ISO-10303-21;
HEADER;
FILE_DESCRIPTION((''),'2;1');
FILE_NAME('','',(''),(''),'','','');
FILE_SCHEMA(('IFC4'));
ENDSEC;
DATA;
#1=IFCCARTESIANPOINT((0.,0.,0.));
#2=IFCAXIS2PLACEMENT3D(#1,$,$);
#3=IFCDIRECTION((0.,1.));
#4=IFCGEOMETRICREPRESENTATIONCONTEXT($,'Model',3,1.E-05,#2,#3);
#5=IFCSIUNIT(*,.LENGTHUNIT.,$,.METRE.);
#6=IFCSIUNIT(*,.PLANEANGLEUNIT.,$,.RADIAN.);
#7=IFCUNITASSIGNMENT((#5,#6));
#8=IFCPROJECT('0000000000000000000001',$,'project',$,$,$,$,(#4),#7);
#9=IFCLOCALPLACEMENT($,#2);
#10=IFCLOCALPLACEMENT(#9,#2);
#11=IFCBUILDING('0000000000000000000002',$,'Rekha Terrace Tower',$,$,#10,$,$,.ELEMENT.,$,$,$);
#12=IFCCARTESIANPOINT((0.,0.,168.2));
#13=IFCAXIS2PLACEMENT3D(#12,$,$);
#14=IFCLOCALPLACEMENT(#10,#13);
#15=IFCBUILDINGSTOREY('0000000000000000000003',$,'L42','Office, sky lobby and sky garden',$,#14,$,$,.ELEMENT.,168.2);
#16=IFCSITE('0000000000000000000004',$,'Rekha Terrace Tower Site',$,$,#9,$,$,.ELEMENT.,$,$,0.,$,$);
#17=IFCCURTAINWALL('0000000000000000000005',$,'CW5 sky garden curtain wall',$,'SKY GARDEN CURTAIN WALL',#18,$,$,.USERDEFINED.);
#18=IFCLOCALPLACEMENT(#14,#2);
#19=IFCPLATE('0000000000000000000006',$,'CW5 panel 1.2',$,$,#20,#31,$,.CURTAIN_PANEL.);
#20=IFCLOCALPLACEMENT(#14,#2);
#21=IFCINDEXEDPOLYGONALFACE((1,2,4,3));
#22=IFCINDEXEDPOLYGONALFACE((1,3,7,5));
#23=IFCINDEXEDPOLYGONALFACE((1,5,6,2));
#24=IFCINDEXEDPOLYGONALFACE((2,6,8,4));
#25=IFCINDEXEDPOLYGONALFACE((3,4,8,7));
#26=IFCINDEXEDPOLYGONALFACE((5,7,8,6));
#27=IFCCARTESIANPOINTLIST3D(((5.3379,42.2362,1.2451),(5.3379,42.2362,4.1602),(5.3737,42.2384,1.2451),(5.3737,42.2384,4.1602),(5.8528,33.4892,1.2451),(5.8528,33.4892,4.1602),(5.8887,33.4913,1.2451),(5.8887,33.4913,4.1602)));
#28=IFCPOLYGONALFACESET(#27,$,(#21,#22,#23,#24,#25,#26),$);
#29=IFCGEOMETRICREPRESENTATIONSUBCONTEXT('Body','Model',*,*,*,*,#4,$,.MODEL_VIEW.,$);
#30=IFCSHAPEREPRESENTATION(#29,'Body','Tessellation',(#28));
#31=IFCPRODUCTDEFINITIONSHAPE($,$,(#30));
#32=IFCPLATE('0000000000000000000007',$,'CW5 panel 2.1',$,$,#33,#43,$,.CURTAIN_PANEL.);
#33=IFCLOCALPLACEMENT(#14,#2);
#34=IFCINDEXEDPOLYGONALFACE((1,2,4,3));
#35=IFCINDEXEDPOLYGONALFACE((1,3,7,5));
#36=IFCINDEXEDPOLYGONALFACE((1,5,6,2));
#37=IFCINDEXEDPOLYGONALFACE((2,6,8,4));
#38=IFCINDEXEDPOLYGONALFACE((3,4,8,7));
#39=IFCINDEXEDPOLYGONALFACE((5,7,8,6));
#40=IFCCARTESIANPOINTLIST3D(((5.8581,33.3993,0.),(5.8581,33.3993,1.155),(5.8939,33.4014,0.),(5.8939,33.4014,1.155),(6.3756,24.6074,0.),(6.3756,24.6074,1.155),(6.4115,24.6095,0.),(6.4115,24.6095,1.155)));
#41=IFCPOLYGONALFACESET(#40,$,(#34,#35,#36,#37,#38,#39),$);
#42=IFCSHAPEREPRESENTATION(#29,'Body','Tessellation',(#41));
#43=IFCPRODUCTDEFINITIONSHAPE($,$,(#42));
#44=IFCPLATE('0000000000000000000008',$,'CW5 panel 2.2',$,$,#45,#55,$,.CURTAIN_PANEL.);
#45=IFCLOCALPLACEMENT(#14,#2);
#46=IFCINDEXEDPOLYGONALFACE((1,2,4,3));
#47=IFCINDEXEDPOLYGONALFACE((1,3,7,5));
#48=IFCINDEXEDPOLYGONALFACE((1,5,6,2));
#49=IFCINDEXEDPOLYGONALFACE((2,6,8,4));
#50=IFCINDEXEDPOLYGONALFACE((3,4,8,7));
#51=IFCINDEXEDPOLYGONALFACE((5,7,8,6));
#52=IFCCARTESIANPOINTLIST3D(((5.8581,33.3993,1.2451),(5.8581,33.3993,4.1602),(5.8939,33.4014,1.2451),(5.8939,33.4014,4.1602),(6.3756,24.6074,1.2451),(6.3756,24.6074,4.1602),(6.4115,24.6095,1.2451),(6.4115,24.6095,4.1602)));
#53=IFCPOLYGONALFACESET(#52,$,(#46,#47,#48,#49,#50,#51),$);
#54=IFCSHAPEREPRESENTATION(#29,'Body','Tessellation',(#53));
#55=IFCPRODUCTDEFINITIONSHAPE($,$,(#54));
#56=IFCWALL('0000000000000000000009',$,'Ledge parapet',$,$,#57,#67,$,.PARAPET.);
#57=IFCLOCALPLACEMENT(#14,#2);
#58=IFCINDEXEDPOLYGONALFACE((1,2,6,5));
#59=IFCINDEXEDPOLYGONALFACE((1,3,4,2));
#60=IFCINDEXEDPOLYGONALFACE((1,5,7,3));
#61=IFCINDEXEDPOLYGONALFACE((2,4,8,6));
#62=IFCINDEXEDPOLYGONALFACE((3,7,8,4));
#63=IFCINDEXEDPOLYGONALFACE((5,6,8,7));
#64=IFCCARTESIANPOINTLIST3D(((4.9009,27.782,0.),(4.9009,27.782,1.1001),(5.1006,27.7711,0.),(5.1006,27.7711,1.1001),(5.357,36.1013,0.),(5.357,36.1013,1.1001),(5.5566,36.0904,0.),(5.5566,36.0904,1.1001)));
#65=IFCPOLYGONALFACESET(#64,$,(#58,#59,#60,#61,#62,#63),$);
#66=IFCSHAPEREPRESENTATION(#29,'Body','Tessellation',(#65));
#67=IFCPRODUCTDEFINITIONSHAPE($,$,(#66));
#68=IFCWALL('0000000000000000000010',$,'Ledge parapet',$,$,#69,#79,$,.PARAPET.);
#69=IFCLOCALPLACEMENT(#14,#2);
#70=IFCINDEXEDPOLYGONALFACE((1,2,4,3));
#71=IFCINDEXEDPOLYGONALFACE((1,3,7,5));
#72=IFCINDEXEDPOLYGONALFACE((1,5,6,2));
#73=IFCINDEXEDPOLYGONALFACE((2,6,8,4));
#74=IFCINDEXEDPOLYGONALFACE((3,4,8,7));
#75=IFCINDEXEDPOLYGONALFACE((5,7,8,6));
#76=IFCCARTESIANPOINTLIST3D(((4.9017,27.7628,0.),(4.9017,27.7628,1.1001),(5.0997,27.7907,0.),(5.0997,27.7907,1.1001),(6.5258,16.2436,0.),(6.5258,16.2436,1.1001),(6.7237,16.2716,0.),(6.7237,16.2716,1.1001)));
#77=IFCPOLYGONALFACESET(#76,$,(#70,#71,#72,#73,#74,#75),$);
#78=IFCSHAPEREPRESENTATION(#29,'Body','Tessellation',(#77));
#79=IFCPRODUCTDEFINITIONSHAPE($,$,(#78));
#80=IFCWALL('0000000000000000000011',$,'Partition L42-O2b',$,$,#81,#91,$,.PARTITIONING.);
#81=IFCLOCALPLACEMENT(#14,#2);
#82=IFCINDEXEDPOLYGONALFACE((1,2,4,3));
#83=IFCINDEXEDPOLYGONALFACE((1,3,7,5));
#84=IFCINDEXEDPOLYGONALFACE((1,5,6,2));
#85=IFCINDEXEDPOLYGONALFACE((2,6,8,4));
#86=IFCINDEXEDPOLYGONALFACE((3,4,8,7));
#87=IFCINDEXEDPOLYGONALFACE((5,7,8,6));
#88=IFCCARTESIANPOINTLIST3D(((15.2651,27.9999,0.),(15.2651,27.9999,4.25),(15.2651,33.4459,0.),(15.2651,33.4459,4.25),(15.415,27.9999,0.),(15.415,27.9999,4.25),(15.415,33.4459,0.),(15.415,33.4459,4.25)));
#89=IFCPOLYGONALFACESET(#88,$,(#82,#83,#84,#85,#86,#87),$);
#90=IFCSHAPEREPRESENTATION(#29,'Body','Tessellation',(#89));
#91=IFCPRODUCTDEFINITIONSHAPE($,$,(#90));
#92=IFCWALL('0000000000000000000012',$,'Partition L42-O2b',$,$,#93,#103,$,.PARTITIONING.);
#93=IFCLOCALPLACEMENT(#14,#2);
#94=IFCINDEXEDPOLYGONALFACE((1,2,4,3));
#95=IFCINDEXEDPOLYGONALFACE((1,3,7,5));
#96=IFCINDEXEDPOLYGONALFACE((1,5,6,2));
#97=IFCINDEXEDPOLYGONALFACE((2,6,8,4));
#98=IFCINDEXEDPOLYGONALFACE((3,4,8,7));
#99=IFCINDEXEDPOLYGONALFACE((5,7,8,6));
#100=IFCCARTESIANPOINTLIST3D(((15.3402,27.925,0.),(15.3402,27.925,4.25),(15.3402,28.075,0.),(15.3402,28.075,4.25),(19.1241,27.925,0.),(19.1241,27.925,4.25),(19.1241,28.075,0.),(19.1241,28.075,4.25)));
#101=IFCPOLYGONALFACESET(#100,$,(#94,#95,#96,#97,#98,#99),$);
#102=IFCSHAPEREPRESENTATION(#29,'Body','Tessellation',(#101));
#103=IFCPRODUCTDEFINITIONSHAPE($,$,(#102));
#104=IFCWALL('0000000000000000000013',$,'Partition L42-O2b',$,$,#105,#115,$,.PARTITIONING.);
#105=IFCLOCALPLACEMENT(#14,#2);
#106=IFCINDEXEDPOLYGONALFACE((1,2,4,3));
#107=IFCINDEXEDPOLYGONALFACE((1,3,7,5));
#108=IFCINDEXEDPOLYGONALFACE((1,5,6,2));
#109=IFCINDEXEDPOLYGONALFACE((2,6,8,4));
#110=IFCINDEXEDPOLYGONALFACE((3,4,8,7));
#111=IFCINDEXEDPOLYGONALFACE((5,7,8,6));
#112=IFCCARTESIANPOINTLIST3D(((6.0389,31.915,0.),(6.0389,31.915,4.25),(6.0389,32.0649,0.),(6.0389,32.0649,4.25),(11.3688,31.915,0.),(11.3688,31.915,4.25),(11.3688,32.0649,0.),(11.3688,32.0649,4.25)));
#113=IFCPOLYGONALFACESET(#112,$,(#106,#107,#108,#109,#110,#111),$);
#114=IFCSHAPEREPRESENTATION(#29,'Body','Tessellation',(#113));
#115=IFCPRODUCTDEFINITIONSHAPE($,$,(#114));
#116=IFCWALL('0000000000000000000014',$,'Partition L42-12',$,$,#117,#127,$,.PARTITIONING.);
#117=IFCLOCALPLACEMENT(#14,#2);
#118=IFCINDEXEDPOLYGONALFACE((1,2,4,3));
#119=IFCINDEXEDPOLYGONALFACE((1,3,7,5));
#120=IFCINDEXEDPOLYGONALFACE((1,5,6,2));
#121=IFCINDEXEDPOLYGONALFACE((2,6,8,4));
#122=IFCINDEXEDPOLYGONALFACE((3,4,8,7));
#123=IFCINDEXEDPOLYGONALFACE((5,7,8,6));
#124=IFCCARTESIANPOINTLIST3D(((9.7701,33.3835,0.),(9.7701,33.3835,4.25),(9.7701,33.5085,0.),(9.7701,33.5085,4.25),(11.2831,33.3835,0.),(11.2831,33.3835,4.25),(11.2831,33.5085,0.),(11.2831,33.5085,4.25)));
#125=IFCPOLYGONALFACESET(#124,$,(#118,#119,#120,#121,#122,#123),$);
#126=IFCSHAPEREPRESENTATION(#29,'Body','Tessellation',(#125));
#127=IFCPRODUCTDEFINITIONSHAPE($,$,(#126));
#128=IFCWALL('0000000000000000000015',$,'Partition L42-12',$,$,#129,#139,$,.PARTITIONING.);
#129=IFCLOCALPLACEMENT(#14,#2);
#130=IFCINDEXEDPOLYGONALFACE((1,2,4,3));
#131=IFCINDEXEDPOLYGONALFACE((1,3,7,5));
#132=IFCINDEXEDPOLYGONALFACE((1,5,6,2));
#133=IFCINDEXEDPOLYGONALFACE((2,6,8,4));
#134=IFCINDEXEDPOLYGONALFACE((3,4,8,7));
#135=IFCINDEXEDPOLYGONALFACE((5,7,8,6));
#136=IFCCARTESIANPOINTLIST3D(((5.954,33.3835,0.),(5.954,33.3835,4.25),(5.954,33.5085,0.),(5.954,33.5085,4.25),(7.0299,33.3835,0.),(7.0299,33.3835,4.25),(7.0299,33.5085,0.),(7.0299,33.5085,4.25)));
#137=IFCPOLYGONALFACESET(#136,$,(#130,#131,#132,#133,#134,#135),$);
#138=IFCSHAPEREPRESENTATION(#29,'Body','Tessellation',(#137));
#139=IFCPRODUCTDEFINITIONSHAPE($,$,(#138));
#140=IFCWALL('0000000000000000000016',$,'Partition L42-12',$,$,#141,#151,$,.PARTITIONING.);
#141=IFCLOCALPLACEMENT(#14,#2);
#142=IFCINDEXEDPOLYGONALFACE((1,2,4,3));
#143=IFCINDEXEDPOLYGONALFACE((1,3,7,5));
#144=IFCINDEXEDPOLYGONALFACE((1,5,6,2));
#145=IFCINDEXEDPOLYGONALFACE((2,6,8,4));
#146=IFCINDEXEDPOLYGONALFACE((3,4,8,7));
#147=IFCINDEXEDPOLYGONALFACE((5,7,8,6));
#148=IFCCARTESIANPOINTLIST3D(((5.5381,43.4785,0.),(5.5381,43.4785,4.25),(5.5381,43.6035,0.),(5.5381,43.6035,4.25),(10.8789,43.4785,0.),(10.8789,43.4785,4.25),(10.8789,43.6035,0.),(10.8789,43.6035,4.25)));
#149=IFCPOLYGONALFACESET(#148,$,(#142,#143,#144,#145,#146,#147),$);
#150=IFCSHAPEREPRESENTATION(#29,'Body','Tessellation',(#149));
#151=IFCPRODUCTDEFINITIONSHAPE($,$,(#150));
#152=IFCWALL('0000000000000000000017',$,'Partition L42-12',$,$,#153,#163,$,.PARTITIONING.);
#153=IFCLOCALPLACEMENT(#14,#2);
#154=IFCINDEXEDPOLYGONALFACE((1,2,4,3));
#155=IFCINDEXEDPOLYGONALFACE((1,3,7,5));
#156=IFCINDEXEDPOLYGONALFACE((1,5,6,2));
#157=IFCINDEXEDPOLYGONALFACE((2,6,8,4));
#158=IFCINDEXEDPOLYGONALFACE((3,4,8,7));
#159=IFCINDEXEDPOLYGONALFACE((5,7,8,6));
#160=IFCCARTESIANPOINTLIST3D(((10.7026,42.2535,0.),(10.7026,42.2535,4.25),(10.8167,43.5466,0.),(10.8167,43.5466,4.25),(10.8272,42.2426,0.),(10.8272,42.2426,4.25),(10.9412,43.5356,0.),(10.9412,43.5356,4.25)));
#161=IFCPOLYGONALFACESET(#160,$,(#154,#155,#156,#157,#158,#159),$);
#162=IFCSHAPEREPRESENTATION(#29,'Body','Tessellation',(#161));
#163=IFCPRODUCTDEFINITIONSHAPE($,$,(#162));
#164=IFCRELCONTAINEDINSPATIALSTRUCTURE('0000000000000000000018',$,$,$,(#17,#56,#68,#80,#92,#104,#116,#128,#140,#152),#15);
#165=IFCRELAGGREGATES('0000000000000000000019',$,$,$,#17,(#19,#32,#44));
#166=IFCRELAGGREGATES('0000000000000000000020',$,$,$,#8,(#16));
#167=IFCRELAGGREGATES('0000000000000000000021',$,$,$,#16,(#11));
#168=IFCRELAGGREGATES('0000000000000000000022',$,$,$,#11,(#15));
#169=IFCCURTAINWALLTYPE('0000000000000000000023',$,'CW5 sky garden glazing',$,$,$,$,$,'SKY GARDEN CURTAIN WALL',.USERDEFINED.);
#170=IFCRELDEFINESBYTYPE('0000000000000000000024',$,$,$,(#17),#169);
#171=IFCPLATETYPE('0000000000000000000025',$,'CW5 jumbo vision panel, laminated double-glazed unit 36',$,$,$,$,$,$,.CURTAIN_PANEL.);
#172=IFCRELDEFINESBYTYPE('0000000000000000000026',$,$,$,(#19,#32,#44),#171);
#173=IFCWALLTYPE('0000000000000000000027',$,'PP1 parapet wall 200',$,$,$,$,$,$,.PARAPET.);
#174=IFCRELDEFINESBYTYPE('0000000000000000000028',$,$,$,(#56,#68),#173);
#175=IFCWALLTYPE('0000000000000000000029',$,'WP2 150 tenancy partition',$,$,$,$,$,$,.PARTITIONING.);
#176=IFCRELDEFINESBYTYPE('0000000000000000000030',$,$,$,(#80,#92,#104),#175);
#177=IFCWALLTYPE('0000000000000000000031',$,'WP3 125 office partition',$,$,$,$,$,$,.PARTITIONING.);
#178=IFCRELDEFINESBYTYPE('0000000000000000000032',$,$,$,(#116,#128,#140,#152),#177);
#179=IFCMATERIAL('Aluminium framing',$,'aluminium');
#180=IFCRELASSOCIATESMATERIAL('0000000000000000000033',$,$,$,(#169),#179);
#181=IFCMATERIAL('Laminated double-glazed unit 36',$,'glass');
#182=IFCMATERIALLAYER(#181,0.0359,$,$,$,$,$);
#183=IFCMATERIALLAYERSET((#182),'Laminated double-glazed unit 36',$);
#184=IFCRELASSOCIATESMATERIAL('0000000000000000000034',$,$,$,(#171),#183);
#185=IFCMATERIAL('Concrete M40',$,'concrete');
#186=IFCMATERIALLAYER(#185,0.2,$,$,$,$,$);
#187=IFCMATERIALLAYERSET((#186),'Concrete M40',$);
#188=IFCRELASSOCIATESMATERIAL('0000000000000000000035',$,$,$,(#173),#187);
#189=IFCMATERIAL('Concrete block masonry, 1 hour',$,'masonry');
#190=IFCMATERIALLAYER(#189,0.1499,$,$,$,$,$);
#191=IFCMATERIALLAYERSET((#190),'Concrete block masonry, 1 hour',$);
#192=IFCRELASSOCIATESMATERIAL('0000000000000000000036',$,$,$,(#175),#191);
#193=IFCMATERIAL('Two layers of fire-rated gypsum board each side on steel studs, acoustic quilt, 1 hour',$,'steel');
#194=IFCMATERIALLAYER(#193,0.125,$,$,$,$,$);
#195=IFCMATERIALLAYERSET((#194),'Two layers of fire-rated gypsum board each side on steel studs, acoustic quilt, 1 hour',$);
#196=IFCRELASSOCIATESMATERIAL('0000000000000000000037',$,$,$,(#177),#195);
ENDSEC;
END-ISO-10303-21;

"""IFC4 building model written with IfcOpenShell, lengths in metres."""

from ifc_helpers import new_model, si_unit, direction, frame, frame_2d, origin, origin_2d, place, context, subcontext, project, spatial, rectangle, extrude, material, layer, layer_set, type_object, element, aggregate, save


model = new_model("IFC4")

# Units and contexts
model_context = context("Model", 3, precision=1e-05, world=origin(), true_north=direction((0.0, 1.0)))
body_context = subcontext(model_context, "Body", "Model", "MODEL_VIEW")
ifc_project = project(units=[si_unit("LENGTHUNIT", "METRE"), si_unit("PLANEANGLEUNIT", "RADIAN")], contexts=[model_context])

# Site, building, storey
site_placement = place(None, origin())
site = spatial("IfcSite", under=ifc_project, at=site_placement, Name="Rekha Terrace Tower Site", CompositionType="ELEMENT", RefElevation=0.0)
building_placement = place(site_placement, origin())
building = spatial("IfcBuilding", under=site, at=building_placement, Name="Rekha Terrace Tower", CompositionType="ELEMENT")
storey_placement = place(building_placement, frame((0.0, 0.0, 168.2)))
storey = spatial("IfcBuildingStorey", under=building, at=storey_placement, Name="L42", Description="Office, sky lobby and sky garden", CompositionType="ELEMENT", Elevation=168.2)

# Curtain wall, plates
ifc_material_1 = material(Name="Aluminium framing", Category="aluminium")
curtain_wall_type = type_object("IfcCurtainWallType", Name="CW5 sky garden glazing", ElementType="SKY GARDEN CURTAIN WALL", PredefinedType="USERDEFINED", material=ifc_material_1)
curtain_wall_placement = place(storey_placement, origin())
curtain_wall = element("IfcCurtainWall", 1, at=curtain_wall_placement, inside=storey, type_object=curtain_wall_type, Name="CW5 sky garden curtain wall", ObjectType="SKY GARDEN CURTAIN WALL", PredefinedType="USERDEFINED")
ifc_material_2 = material(Name="Laminated double-glazed unit 36", Category="glass")
ifc_layer_1 = layer(ifc_material_2, 0.0359)
ifc_layer_set_1 = layer_set([ifc_layer_1], Name="Laminated double-glazed unit 36")
plate_type = type_object("IfcPlateType", Name="CW5 jumbo vision panel, laminated double-glazed unit 36", PredefinedType="CURTAIN_PANEL", material=ifc_layer_set_1)
plate_1_placement = place(storey_placement, frame((5.6133, 37.8638, 1.2451), z_axis=(0.0, 0.0, 1.0), x_axis=(0.058765, -0.998272, 0.0)))
plate_1 = element("IfcPlate", 2, at=plate_1_placement, type_object=plate_type, Name="CW5 panel 1.2", PredefinedType="CURTAIN_PANEL", context=body_context, shape_type="SweptSolid", body=[
    extrude(rectangle(XDim=8.7622, YDim=0.0359, at=origin_2d()), origin(), (0.0, 0.0, 1.0), 2.915),
])
plate_2_placement = place(storey_placement, frame((6.1348, 29.0044, 0.0), z_axis=(0.0, 0.0, 1.0), x_axis=(0.058765, -0.998272, 0.0)))
plate_2 = element("IfcPlate", 3, at=plate_2_placement, type_object=plate_type, Name="CW5 panel 2.1", PredefinedType="CURTAIN_PANEL", context=body_context, shape_type="SweptSolid", body=[
    extrude(rectangle(XDim=8.8071, YDim=0.0359, at=origin_2d()), origin(), (0.0, 0.0, 1.0), 1.155),
])
plate_3_placement = place(storey_placement, frame((6.1348, 29.0044, 1.2451), z_axis=(0.0, 0.0, 1.0), x_axis=(0.058765, -0.998272, 0.0)))
plate_3 = element("IfcPlate", 4, at=plate_3_placement, type_object=plate_type, Name="CW5 panel 2.2", PredefinedType="CURTAIN_PANEL", context=body_context, shape_type="SweptSolid", body=[
    extrude(rectangle(XDim=8.8071, YDim=0.0359, at=origin_2d()), origin(), (0.0, 0.0, 1.0), 2.915),
])
aggregate(curtain_wall, [plate_1, plate_2, plate_3])

# Walls
ifc_material_3 = material(Name="Concrete M40", Category="concrete")
ifc_layer_2 = layer(ifc_material_3, 0.2)
ifc_layer_set_2 = layer_set([ifc_layer_2], Name="Concrete M40")
wall_type_1 = type_object("IfcWallType", Name="PP1 parapet wall 200", PredefinedType="PARAPET", material=ifc_layer_set_2)
wall_1_placement = place(storey_placement, frame((5.4568, 36.0959, 0.0), z_axis=(0.0, 0.0, 1.0), x_axis=(-0.054736, -0.998501, 0.0)))
element("IfcWall", 5, at=wall_1_placement, inside=storey, type_object=wall_type_1, Name="Ledge parapet", PredefinedType="PARAPET", context=body_context, shape_type="SweptSolid", body=[
    extrude(rectangle(XDim=8.3318, YDim=0.2, at=frame_2d((4.166, 0.0))), origin(), (0.0, 0.0, 1.0), 1.1001),
])
wall_2_placement = place(storey_placement, frame((5.0007, 27.7766, 0.0), z_axis=(0.0, 0.0, 1.0), x_axis=(0.139605, -0.990207, 0.0)))
element("IfcWall", 6, at=wall_2_placement, inside=storey, type_object=wall_type_1, Name="Ledge parapet", PredefinedType="PARAPET", context=body_context, shape_type="SweptSolid", body=[
    extrude(rectangle(XDim=11.6331, YDim=0.2, at=frame_2d((5.8164, 0.0))), origin(), (0.0, 0.0, 1.0), 1.1001),
])
ifc_material_4 = material(Name="Concrete block masonry, 1 hour", Category="masonry")
ifc_layer_3 = layer(ifc_material_4, 0.1499)
ifc_layer_set_3 = layer_set([ifc_layer_3], Name="Concrete block masonry, 1 hour")
wall_type_2 = type_object("IfcWallType", Name="WP2 150 tenancy partition", PredefinedType="PARTITIONING", material=ifc_layer_set_3)
wall_3_placement = place(storey_placement, frame((15.3401, 33.446, 0.0), z_axis=(0.0, 0.0, 1.0), x_axis=(0.0, -1.0, 0.0)))
element("IfcWall", 7, at=wall_3_placement, inside=storey, type_object=wall_type_2, Name="Partition L42-O2b", PredefinedType="PARTITIONING", context=body_context, shape_type="SweptSolid", body=[
    extrude(rectangle(XDim=5.446, YDim=0.1499, at=frame_2d((2.7231, 0.0))), origin(), (0.0, 0.0, 1.0), 4.25),
])
wall_4_placement = place(storey_placement, frame((15.3401, 28.0, 0.0), z_axis=(0.0, 0.0, 1.0), x_axis=(1.0, 0.0, 0.0)))
element("IfcWall", 8, at=wall_4_placement, inside=storey, type_object=wall_type_2, Name="Partition L42-O2b", PredefinedType="PARTITIONING", context=body_context, shape_type="SweptSolid", body=[
    extrude(rectangle(XDim=3.7839, YDim=0.1499, at=frame_2d((1.8921, 0.0))), origin(), (0.0, 0.0, 1.0), 4.25),
])
wall_5_placement = place(storey_placement, frame((11.3689, 31.99, 0.0), z_axis=(0.0, 0.0, 1.0), x_axis=(-1.0, 0.0, 0.0)))
element("IfcWall", 9, at=wall_5_placement, inside=storey, type_object=wall_type_2, Name="Partition L42-O2b", PredefinedType="PARTITIONING", context=body_context, shape_type="SweptSolid", body=[
    extrude(rectangle(XDim=5.3298, YDim=0.1499, at=frame_2d((2.665, 0.0))), origin(), (0.0, 0.0, 1.0), 4.25),
])
ifc_material_5 = material(Name="Two layers of fire-rated gypsum board each side on steel studs, acoustic quilt, 1 hour", Category="steel")
ifc_layer_4 = layer(ifc_material_5, 0.125)
ifc_layer_set_4 = layer_set([ifc_layer_4], Name="Two layers of fire-rated gypsum board each side on steel studs, acoustic quilt, 1 hour")
wall_type_3 = type_object("IfcWallType", Name="WP3 125 office partition", PredefinedType="PARTITIONING", material=ifc_layer_set_4)
wall_6_placement = place(storey_placement, frame((11.283, 33.446, 0.0), z_axis=(0.0, 0.0, 1.0), x_axis=(-1.0, 0.0, 0.0)))
element("IfcWall", 10, at=wall_6_placement, inside=storey, type_object=wall_type_3, Name="Partition L42-12", PredefinedType="PARTITIONING", context=body_context, shape_type="SweptSolid", body=[
    extrude(rectangle(XDim=1.5129, YDim=0.125, at=frame_2d((0.7563, 0.0))), origin(), (0.0, 0.0, 1.0), 4.25),
])
wall_7_placement = place(storey_placement, frame((7.03, 33.446, 0.0), z_axis=(0.0, 0.0, 1.0), x_axis=(-1.0, 0.0, 0.0)))
element("IfcWall", 11, at=wall_7_placement, inside=storey, type_object=wall_type_3, Name="Partition L42-12", PredefinedType="PARTITIONING", context=body_context, shape_type="SweptSolid", body=[
    extrude(rectangle(XDim=1.0759, YDim=0.125, at=frame_2d((0.5381, 0.0))), origin(), (0.0, 0.0, 1.0), 4.25),
])
wall_8_placement = place(storey_placement, frame((5.5381, 43.541, 0.0), z_axis=(0.0, 0.0, 1.0), x_axis=(1.0, 0.0, 0.0)))
element("IfcWall", 12, at=wall_8_placement, inside=storey, type_object=wall_type_3, Name="Partition L42-12", PredefinedType="PARTITIONING", context=body_context, shape_type="SweptSolid", body=[
    extrude(rectangle(XDim=5.3408, YDim=0.125, at=frame_2d((2.6704, 0.0))), origin(), (0.0, 0.0, 1.0), 4.25),
])
wall_9_placement = place(storey_placement, frame((10.8789, 43.541, 0.0), z_axis=(0.0, 0.0, 1.0), x_axis=(-0.087839, -0.996135, 0.0)))
element("IfcWall", 13, at=wall_9_placement, inside=storey, type_object=wall_type_3, Name="Partition L42-12", PredefinedType="PARTITIONING", context=body_context, shape_type="SweptSolid", body=[
    extrude(rectangle(XDim=1.2981, YDim=0.125, at=frame_2d((0.6489, 0.0))), origin(), (0.0, 0.0, 1.0), 4.25),
])

save(model, "model.ifc")
